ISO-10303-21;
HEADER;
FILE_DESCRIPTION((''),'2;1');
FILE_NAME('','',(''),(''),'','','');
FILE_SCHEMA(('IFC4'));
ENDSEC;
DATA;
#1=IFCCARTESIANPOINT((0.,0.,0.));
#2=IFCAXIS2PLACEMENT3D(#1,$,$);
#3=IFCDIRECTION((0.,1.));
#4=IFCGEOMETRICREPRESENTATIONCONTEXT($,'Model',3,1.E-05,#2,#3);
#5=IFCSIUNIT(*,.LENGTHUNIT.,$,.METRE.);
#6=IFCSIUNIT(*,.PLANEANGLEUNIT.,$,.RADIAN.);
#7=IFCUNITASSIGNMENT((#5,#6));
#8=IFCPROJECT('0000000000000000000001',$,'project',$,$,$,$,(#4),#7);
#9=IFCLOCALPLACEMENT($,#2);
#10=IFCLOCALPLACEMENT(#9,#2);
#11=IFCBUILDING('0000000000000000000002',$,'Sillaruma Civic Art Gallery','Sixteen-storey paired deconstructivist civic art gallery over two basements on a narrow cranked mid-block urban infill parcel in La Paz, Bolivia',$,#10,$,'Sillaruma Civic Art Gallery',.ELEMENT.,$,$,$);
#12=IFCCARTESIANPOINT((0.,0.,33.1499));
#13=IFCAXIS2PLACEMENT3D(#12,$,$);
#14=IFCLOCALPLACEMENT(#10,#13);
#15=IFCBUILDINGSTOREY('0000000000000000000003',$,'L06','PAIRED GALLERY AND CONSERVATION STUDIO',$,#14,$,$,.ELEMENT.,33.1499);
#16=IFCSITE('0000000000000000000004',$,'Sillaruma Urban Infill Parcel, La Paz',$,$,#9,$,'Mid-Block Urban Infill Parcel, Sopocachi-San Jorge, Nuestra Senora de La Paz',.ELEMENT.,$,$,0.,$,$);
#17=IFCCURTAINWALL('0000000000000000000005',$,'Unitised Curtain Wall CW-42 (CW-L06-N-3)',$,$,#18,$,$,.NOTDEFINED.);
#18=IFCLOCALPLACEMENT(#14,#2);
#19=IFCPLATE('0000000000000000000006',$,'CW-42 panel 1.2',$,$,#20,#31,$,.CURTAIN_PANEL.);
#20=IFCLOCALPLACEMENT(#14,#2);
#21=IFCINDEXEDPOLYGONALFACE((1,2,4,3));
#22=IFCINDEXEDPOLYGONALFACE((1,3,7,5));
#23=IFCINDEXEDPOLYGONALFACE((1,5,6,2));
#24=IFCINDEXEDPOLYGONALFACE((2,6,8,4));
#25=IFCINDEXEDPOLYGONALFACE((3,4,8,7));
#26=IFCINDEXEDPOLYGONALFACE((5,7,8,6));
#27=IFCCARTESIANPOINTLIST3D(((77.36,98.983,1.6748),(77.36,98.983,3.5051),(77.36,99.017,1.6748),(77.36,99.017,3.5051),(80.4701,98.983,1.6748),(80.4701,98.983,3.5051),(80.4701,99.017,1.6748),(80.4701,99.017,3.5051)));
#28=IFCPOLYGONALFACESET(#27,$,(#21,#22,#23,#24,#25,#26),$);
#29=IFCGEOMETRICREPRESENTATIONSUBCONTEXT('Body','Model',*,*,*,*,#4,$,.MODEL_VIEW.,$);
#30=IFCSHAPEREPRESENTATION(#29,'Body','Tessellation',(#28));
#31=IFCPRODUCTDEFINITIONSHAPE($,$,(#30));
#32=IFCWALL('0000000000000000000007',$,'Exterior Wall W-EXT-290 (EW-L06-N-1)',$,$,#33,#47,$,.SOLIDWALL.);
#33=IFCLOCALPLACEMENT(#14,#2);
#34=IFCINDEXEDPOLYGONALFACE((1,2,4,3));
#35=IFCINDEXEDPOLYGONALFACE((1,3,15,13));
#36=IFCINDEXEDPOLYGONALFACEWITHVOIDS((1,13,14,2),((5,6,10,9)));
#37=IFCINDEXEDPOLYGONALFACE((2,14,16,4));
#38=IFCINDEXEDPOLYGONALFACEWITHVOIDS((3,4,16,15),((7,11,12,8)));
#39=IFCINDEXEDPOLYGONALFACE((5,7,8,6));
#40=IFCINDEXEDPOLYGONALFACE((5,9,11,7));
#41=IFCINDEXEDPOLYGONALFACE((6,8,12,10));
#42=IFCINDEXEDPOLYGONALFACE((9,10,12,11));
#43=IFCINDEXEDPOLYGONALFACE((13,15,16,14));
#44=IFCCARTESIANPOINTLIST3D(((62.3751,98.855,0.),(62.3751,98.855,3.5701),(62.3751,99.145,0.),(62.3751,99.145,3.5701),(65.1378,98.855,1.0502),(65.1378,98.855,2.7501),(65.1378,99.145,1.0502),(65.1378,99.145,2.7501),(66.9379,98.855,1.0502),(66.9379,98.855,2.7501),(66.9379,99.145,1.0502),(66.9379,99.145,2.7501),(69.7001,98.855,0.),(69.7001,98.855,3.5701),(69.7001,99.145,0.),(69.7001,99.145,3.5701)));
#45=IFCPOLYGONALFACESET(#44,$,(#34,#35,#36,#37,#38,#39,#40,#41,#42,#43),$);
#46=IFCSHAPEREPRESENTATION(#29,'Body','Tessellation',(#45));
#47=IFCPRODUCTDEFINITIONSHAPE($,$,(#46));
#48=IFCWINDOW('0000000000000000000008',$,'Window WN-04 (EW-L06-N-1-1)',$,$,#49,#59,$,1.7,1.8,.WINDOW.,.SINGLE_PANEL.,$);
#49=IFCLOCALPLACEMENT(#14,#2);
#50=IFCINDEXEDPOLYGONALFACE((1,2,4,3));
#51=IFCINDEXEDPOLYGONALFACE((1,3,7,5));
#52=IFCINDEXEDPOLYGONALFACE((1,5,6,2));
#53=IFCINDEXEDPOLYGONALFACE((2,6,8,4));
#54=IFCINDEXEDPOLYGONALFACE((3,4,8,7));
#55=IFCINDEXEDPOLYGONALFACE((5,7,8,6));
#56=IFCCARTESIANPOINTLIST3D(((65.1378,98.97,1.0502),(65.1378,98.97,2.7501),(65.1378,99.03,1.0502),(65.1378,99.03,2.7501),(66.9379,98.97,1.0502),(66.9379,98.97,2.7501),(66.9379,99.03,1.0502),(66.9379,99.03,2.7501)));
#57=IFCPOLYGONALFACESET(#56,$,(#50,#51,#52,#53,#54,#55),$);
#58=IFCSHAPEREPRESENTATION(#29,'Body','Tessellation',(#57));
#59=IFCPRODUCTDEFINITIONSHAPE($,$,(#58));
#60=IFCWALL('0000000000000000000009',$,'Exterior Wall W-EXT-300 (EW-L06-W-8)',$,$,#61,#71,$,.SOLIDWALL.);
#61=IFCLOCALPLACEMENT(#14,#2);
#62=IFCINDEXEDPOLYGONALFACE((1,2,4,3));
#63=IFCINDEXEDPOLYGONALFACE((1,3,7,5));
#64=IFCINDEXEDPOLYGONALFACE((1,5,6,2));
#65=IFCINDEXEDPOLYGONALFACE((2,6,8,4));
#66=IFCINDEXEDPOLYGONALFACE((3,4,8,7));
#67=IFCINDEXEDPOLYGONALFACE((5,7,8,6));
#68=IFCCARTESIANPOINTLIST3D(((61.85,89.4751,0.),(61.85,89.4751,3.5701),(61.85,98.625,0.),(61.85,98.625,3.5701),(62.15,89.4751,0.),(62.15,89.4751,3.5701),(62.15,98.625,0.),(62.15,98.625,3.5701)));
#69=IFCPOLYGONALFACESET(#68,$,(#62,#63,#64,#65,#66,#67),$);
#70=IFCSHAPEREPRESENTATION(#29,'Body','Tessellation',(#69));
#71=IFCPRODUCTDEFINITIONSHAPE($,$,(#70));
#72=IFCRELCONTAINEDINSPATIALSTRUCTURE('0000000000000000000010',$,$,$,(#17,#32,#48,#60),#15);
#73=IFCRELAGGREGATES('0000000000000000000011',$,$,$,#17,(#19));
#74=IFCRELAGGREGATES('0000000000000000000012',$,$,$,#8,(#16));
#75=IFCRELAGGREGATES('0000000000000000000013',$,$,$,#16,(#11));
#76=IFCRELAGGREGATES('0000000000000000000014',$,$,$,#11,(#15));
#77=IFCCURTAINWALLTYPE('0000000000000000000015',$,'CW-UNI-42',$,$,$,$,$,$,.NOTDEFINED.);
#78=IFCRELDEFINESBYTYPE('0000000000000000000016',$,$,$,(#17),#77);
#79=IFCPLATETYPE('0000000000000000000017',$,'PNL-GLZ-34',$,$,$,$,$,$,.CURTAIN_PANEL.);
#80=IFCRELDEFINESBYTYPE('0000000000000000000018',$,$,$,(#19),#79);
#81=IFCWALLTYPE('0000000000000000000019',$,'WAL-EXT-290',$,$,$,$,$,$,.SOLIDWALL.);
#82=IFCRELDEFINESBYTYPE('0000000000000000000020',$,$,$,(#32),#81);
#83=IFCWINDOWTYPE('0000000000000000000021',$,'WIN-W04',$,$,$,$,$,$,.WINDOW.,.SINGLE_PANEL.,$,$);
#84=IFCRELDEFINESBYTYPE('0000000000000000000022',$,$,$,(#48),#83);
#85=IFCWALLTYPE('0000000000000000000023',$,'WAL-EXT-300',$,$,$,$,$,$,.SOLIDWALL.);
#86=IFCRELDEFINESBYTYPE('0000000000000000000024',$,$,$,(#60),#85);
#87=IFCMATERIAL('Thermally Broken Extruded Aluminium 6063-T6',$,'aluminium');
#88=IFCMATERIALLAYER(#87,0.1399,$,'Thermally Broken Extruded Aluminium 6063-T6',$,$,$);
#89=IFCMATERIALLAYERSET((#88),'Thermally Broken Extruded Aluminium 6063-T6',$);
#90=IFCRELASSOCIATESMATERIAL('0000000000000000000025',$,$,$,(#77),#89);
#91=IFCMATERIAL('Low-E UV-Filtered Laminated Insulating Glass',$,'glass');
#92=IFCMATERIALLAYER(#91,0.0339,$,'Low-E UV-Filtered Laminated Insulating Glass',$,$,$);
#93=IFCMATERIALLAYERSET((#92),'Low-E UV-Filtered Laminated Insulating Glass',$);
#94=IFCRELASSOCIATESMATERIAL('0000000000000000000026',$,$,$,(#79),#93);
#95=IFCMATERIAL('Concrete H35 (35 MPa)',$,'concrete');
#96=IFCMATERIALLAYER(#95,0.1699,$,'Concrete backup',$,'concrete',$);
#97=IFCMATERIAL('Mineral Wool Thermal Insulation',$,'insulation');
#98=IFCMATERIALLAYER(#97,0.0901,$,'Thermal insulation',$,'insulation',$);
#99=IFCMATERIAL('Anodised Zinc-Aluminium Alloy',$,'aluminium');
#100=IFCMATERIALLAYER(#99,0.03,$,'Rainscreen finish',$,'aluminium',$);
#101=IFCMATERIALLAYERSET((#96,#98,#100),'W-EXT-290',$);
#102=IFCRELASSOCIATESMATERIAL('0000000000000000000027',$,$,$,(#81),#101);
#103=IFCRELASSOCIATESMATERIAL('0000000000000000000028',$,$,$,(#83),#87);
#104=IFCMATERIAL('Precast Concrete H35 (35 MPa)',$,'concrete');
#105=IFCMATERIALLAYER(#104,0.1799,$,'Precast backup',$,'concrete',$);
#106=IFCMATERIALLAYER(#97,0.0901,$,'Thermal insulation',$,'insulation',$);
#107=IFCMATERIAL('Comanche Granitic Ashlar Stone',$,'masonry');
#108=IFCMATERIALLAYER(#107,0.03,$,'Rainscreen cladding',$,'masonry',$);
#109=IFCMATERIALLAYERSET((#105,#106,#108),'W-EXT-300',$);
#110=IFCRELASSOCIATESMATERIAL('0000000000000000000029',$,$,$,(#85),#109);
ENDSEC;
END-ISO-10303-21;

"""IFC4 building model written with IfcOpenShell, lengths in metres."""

from ifc_helpers import new_model, si_unit, direction, frame, frame_2d, origin, origin_2d, place, context, subcontext, project, spatial, rectangle, extrude, material, layer, layer_set, type_object, element, fill, aggregate, save


model = new_model("IFC4")

# Units and contexts
model_context = context("Model", 3, precision=1e-05, world=origin(), true_north=direction((0.0, 1.0)))
body_context = subcontext(model_context, "Body", "Model", "MODEL_VIEW")
ifc_project = project(units=[si_unit("LENGTHUNIT", "METRE"), si_unit("PLANEANGLEUNIT", "RADIAN")], contexts=[model_context])

# Site, building, storey
site_placement = place(None, origin())
site = spatial("IfcSite", under=ifc_project, at=site_placement, Name="Sillaruma Urban Infill Parcel, La Paz", LongName="Mid-Block Urban Infill Parcel, Sopocachi-San Jorge, Nuestra Senora de La Paz", CompositionType="ELEMENT", RefElevation=0.0)
building_placement = place(site_placement, origin())
building = spatial("IfcBuilding", under=site, at=building_placement, Name="Sillaruma Civic Art Gallery", Description="Sixteen-storey paired deconstructivist civic art gallery over two basements on a narrow cranked mid-block urban infill parcel in La Paz, Bolivia", LongName="Sillaruma Civic Art Gallery", CompositionType="ELEMENT")
storey_placement = place(building_placement, frame((0.0, 0.0, 33.1499)))
storey = spatial("IfcBuildingStorey", under=building, at=storey_placement, Name="L06", Description="PAIRED GALLERY AND CONSERVATION STUDIO", CompositionType="ELEMENT", Elevation=33.1499)

# Shared definitions
ifc_material_1 = material(Name="Concrete H35 (35 MPa)", Category="concrete")

# Curtain wall
ifc_material_2 = material(Name="Thermally Broken Extruded Aluminium 6063-T6", Category="aluminium")
ifc_layer_1 = layer(ifc_material_2, 0.1399, Name="Thermally Broken Extruded Aluminium 6063-T6")
ifc_layer_set_1 = layer_set([ifc_layer_1], Name="Thermally Broken Extruded Aluminium 6063-T6")
curtain_wall_type_1 = type_object("IfcCurtainWallType", Name="CW-UNI-42", PredefinedType="NOTDEFINED", material=ifc_layer_set_1)
curtain_wall_1_placement = place(storey_placement, origin())
curtain_wall_1 = element("IfcCurtainWall", 1, at=curtain_wall_1_placement, inside=storey, type_object=curtain_wall_type_1, Name="Unitised Curtain Wall CW-42 (CW-L06-N-3)", PredefinedType="NOTDEFINED")

# Plate
ifc_material_3 = material(Name="Low-E UV-Filtered Laminated Insulating Glass", Category="glass")
ifc_layer_2 = layer(ifc_material_3, 0.0339, Name="Low-E UV-Filtered Laminated Insulating Glass")
ifc_layer_set_2 = layer_set([ifc_layer_2], Name="Low-E UV-Filtered Laminated Insulating Glass")
plate_type_1 = type_object("IfcPlateType", Name="PNL-GLZ-34", PredefinedType="CURTAIN_PANEL", material=ifc_layer_set_2)
plate_1_placement = place(storey_placement, frame((78.915, 99.0, 1.6748), z_axis=(0.0, 0.0, 1.0), x_axis=(1.0, 0.0, 0.0)))
plate_1 = element("IfcPlate", 2, at=plate_1_placement, type_object=plate_type_1, Name="CW-42 panel 1.2", PredefinedType="CURTAIN_PANEL", context=body_context, shape_type="SweptSolid", body=[
    extrude(rectangle(XDim=3.1101, YDim=0.0339, at=origin_2d()), origin(), (0.0, 0.0, 1.0), 1.8303),
])
aggregate(curtain_wall_1, [plate_1])

# Wall, opening, window
ifc_layer_3 = layer(ifc_material_1, 0.1699, Name="Concrete backup", Category="concrete")
ifc_material_4 = material(Name="Mineral Wool Thermal Insulation", Category="insulation")
ifc_layer_4 = layer(ifc_material_4, 0.0901, Name="Thermal insulation", Category="insulation")
ifc_material_5 = material(Name="Anodised Zinc-Aluminium Alloy", Category="aluminium")
ifc_layer_5 = layer(ifc_material_5, 0.03, Name="Rainscreen finish", Category="aluminium")
ifc_layer_set_3 = layer_set([ifc_layer_3, ifc_layer_4, ifc_layer_5], Name="W-EXT-290")
wall_type_1 = type_object("IfcWallType", Name="WAL-EXT-290", PredefinedType="SOLIDWALL", material=ifc_layer_set_3)
wall_1_placement = place(storey_placement, frame((62.375, 99.0, 0.0), z_axis=(0.0, 0.0, 1.0), x_axis=(1.0, 0.0, 0.0)))
wall_1 = element("IfcWall", 3, at=wall_1_placement, inside=storey, type_object=wall_type_1, Name="Exterior Wall W-EXT-290 (EW-L06-N-1)", PredefinedType="SOLIDWALL", context=body_context, shape_type="SweptSolid", body=[
    extrude(rectangle(XDim=7.325, YDim=0.29, at=frame_2d((3.6626, 0.0))), origin(), (0.0, 0.0, 1.0), 3.5701),
])
opening_placement = place(wall_1_placement, frame((2.7629, 0.0, 1.05)))
opening = element("IfcOpeningElement", 4, at=opening_placement, cuts=wall_1, PredefinedType="OPENING", context=body_context, shape_type="SweptSolid", body=[
    extrude(rectangle(XDim=1.8, YDim=1.7, at=frame_2d((0.8999, 0.8501))), frame((0.0, 0.155, 0.0), z_axis=(0.0, -1.0, 0.0), x_axis=(1.0, 0.0, 0.0)), (0.0, 0.0, 1.0), 0.3101),
])
window_type = type_object("IfcWindowType", Name="WIN-W04", PartitioningType="SINGLE_PANEL", PredefinedType="WINDOW", material=ifc_material_2)
window_placement = place(opening_placement, origin())
window = element("IfcWindow", 5, at=window_placement, inside=storey, type_object=window_type, Name="Window WN-04 (EW-L06-N-1-1)", OverallHeight=1.7, OverallWidth=1.8, PartitioningType="SINGLE_PANEL", PredefinedType="WINDOW", context=body_context, shape_type="SweptSolid", body=[
    extrude(rectangle(XDim=1.8, YDim=1.7, at=frame_2d((0.8999, 0.8501))), frame((0.0, 0.03, 0.0), z_axis=(0.0, -1.0, 0.0), x_axis=(1.0, 0.0, 0.0)), (0.0, 0.0, 1.0), 0.0601),
])
fill(opening, window)

# Wall
ifc_material_6 = material(Name="Precast Concrete H35 (35 MPa)", Category="concrete")
ifc_layer_6 = layer(ifc_material_6, 0.1799, Name="Precast backup", Category="concrete")
ifc_layer_7 = layer(ifc_material_4, 0.0901, Name="Thermal insulation", Category="insulation")
ifc_material_7 = material(Name="Comanche Granitic Ashlar Stone", Category="masonry")
ifc_layer_8 = layer(ifc_material_7, 0.03, Name="Rainscreen cladding", Category="masonry")
ifc_layer_set_4 = layer_set([ifc_layer_6, ifc_layer_7, ifc_layer_8], Name="W-EXT-300")
wall_type_2 = type_object("IfcWallType", Name="WAL-EXT-300", PredefinedType="SOLIDWALL", material=ifc_layer_set_4)
wall_2_placement = place(storey_placement, frame((62.0, 89.4751, 0.0), z_axis=(0.0, 0.0, 1.0), x_axis=(0.0, 1.0, 0.0)))
element("IfcWall", 6, at=wall_2_placement, inside=storey, type_object=wall_type_2, Name="Exterior Wall W-EXT-300 (EW-L06-W-8)", PredefinedType="SOLIDWALL", context=body_context, shape_type="SweptSolid", body=[
    extrude(rectangle(XDim=9.1499, YDim=0.3, at=frame_2d((4.575, 0.0))), origin(), (0.0, 0.0, 1.0), 3.5701),
])

save(model, "model.ifc")
